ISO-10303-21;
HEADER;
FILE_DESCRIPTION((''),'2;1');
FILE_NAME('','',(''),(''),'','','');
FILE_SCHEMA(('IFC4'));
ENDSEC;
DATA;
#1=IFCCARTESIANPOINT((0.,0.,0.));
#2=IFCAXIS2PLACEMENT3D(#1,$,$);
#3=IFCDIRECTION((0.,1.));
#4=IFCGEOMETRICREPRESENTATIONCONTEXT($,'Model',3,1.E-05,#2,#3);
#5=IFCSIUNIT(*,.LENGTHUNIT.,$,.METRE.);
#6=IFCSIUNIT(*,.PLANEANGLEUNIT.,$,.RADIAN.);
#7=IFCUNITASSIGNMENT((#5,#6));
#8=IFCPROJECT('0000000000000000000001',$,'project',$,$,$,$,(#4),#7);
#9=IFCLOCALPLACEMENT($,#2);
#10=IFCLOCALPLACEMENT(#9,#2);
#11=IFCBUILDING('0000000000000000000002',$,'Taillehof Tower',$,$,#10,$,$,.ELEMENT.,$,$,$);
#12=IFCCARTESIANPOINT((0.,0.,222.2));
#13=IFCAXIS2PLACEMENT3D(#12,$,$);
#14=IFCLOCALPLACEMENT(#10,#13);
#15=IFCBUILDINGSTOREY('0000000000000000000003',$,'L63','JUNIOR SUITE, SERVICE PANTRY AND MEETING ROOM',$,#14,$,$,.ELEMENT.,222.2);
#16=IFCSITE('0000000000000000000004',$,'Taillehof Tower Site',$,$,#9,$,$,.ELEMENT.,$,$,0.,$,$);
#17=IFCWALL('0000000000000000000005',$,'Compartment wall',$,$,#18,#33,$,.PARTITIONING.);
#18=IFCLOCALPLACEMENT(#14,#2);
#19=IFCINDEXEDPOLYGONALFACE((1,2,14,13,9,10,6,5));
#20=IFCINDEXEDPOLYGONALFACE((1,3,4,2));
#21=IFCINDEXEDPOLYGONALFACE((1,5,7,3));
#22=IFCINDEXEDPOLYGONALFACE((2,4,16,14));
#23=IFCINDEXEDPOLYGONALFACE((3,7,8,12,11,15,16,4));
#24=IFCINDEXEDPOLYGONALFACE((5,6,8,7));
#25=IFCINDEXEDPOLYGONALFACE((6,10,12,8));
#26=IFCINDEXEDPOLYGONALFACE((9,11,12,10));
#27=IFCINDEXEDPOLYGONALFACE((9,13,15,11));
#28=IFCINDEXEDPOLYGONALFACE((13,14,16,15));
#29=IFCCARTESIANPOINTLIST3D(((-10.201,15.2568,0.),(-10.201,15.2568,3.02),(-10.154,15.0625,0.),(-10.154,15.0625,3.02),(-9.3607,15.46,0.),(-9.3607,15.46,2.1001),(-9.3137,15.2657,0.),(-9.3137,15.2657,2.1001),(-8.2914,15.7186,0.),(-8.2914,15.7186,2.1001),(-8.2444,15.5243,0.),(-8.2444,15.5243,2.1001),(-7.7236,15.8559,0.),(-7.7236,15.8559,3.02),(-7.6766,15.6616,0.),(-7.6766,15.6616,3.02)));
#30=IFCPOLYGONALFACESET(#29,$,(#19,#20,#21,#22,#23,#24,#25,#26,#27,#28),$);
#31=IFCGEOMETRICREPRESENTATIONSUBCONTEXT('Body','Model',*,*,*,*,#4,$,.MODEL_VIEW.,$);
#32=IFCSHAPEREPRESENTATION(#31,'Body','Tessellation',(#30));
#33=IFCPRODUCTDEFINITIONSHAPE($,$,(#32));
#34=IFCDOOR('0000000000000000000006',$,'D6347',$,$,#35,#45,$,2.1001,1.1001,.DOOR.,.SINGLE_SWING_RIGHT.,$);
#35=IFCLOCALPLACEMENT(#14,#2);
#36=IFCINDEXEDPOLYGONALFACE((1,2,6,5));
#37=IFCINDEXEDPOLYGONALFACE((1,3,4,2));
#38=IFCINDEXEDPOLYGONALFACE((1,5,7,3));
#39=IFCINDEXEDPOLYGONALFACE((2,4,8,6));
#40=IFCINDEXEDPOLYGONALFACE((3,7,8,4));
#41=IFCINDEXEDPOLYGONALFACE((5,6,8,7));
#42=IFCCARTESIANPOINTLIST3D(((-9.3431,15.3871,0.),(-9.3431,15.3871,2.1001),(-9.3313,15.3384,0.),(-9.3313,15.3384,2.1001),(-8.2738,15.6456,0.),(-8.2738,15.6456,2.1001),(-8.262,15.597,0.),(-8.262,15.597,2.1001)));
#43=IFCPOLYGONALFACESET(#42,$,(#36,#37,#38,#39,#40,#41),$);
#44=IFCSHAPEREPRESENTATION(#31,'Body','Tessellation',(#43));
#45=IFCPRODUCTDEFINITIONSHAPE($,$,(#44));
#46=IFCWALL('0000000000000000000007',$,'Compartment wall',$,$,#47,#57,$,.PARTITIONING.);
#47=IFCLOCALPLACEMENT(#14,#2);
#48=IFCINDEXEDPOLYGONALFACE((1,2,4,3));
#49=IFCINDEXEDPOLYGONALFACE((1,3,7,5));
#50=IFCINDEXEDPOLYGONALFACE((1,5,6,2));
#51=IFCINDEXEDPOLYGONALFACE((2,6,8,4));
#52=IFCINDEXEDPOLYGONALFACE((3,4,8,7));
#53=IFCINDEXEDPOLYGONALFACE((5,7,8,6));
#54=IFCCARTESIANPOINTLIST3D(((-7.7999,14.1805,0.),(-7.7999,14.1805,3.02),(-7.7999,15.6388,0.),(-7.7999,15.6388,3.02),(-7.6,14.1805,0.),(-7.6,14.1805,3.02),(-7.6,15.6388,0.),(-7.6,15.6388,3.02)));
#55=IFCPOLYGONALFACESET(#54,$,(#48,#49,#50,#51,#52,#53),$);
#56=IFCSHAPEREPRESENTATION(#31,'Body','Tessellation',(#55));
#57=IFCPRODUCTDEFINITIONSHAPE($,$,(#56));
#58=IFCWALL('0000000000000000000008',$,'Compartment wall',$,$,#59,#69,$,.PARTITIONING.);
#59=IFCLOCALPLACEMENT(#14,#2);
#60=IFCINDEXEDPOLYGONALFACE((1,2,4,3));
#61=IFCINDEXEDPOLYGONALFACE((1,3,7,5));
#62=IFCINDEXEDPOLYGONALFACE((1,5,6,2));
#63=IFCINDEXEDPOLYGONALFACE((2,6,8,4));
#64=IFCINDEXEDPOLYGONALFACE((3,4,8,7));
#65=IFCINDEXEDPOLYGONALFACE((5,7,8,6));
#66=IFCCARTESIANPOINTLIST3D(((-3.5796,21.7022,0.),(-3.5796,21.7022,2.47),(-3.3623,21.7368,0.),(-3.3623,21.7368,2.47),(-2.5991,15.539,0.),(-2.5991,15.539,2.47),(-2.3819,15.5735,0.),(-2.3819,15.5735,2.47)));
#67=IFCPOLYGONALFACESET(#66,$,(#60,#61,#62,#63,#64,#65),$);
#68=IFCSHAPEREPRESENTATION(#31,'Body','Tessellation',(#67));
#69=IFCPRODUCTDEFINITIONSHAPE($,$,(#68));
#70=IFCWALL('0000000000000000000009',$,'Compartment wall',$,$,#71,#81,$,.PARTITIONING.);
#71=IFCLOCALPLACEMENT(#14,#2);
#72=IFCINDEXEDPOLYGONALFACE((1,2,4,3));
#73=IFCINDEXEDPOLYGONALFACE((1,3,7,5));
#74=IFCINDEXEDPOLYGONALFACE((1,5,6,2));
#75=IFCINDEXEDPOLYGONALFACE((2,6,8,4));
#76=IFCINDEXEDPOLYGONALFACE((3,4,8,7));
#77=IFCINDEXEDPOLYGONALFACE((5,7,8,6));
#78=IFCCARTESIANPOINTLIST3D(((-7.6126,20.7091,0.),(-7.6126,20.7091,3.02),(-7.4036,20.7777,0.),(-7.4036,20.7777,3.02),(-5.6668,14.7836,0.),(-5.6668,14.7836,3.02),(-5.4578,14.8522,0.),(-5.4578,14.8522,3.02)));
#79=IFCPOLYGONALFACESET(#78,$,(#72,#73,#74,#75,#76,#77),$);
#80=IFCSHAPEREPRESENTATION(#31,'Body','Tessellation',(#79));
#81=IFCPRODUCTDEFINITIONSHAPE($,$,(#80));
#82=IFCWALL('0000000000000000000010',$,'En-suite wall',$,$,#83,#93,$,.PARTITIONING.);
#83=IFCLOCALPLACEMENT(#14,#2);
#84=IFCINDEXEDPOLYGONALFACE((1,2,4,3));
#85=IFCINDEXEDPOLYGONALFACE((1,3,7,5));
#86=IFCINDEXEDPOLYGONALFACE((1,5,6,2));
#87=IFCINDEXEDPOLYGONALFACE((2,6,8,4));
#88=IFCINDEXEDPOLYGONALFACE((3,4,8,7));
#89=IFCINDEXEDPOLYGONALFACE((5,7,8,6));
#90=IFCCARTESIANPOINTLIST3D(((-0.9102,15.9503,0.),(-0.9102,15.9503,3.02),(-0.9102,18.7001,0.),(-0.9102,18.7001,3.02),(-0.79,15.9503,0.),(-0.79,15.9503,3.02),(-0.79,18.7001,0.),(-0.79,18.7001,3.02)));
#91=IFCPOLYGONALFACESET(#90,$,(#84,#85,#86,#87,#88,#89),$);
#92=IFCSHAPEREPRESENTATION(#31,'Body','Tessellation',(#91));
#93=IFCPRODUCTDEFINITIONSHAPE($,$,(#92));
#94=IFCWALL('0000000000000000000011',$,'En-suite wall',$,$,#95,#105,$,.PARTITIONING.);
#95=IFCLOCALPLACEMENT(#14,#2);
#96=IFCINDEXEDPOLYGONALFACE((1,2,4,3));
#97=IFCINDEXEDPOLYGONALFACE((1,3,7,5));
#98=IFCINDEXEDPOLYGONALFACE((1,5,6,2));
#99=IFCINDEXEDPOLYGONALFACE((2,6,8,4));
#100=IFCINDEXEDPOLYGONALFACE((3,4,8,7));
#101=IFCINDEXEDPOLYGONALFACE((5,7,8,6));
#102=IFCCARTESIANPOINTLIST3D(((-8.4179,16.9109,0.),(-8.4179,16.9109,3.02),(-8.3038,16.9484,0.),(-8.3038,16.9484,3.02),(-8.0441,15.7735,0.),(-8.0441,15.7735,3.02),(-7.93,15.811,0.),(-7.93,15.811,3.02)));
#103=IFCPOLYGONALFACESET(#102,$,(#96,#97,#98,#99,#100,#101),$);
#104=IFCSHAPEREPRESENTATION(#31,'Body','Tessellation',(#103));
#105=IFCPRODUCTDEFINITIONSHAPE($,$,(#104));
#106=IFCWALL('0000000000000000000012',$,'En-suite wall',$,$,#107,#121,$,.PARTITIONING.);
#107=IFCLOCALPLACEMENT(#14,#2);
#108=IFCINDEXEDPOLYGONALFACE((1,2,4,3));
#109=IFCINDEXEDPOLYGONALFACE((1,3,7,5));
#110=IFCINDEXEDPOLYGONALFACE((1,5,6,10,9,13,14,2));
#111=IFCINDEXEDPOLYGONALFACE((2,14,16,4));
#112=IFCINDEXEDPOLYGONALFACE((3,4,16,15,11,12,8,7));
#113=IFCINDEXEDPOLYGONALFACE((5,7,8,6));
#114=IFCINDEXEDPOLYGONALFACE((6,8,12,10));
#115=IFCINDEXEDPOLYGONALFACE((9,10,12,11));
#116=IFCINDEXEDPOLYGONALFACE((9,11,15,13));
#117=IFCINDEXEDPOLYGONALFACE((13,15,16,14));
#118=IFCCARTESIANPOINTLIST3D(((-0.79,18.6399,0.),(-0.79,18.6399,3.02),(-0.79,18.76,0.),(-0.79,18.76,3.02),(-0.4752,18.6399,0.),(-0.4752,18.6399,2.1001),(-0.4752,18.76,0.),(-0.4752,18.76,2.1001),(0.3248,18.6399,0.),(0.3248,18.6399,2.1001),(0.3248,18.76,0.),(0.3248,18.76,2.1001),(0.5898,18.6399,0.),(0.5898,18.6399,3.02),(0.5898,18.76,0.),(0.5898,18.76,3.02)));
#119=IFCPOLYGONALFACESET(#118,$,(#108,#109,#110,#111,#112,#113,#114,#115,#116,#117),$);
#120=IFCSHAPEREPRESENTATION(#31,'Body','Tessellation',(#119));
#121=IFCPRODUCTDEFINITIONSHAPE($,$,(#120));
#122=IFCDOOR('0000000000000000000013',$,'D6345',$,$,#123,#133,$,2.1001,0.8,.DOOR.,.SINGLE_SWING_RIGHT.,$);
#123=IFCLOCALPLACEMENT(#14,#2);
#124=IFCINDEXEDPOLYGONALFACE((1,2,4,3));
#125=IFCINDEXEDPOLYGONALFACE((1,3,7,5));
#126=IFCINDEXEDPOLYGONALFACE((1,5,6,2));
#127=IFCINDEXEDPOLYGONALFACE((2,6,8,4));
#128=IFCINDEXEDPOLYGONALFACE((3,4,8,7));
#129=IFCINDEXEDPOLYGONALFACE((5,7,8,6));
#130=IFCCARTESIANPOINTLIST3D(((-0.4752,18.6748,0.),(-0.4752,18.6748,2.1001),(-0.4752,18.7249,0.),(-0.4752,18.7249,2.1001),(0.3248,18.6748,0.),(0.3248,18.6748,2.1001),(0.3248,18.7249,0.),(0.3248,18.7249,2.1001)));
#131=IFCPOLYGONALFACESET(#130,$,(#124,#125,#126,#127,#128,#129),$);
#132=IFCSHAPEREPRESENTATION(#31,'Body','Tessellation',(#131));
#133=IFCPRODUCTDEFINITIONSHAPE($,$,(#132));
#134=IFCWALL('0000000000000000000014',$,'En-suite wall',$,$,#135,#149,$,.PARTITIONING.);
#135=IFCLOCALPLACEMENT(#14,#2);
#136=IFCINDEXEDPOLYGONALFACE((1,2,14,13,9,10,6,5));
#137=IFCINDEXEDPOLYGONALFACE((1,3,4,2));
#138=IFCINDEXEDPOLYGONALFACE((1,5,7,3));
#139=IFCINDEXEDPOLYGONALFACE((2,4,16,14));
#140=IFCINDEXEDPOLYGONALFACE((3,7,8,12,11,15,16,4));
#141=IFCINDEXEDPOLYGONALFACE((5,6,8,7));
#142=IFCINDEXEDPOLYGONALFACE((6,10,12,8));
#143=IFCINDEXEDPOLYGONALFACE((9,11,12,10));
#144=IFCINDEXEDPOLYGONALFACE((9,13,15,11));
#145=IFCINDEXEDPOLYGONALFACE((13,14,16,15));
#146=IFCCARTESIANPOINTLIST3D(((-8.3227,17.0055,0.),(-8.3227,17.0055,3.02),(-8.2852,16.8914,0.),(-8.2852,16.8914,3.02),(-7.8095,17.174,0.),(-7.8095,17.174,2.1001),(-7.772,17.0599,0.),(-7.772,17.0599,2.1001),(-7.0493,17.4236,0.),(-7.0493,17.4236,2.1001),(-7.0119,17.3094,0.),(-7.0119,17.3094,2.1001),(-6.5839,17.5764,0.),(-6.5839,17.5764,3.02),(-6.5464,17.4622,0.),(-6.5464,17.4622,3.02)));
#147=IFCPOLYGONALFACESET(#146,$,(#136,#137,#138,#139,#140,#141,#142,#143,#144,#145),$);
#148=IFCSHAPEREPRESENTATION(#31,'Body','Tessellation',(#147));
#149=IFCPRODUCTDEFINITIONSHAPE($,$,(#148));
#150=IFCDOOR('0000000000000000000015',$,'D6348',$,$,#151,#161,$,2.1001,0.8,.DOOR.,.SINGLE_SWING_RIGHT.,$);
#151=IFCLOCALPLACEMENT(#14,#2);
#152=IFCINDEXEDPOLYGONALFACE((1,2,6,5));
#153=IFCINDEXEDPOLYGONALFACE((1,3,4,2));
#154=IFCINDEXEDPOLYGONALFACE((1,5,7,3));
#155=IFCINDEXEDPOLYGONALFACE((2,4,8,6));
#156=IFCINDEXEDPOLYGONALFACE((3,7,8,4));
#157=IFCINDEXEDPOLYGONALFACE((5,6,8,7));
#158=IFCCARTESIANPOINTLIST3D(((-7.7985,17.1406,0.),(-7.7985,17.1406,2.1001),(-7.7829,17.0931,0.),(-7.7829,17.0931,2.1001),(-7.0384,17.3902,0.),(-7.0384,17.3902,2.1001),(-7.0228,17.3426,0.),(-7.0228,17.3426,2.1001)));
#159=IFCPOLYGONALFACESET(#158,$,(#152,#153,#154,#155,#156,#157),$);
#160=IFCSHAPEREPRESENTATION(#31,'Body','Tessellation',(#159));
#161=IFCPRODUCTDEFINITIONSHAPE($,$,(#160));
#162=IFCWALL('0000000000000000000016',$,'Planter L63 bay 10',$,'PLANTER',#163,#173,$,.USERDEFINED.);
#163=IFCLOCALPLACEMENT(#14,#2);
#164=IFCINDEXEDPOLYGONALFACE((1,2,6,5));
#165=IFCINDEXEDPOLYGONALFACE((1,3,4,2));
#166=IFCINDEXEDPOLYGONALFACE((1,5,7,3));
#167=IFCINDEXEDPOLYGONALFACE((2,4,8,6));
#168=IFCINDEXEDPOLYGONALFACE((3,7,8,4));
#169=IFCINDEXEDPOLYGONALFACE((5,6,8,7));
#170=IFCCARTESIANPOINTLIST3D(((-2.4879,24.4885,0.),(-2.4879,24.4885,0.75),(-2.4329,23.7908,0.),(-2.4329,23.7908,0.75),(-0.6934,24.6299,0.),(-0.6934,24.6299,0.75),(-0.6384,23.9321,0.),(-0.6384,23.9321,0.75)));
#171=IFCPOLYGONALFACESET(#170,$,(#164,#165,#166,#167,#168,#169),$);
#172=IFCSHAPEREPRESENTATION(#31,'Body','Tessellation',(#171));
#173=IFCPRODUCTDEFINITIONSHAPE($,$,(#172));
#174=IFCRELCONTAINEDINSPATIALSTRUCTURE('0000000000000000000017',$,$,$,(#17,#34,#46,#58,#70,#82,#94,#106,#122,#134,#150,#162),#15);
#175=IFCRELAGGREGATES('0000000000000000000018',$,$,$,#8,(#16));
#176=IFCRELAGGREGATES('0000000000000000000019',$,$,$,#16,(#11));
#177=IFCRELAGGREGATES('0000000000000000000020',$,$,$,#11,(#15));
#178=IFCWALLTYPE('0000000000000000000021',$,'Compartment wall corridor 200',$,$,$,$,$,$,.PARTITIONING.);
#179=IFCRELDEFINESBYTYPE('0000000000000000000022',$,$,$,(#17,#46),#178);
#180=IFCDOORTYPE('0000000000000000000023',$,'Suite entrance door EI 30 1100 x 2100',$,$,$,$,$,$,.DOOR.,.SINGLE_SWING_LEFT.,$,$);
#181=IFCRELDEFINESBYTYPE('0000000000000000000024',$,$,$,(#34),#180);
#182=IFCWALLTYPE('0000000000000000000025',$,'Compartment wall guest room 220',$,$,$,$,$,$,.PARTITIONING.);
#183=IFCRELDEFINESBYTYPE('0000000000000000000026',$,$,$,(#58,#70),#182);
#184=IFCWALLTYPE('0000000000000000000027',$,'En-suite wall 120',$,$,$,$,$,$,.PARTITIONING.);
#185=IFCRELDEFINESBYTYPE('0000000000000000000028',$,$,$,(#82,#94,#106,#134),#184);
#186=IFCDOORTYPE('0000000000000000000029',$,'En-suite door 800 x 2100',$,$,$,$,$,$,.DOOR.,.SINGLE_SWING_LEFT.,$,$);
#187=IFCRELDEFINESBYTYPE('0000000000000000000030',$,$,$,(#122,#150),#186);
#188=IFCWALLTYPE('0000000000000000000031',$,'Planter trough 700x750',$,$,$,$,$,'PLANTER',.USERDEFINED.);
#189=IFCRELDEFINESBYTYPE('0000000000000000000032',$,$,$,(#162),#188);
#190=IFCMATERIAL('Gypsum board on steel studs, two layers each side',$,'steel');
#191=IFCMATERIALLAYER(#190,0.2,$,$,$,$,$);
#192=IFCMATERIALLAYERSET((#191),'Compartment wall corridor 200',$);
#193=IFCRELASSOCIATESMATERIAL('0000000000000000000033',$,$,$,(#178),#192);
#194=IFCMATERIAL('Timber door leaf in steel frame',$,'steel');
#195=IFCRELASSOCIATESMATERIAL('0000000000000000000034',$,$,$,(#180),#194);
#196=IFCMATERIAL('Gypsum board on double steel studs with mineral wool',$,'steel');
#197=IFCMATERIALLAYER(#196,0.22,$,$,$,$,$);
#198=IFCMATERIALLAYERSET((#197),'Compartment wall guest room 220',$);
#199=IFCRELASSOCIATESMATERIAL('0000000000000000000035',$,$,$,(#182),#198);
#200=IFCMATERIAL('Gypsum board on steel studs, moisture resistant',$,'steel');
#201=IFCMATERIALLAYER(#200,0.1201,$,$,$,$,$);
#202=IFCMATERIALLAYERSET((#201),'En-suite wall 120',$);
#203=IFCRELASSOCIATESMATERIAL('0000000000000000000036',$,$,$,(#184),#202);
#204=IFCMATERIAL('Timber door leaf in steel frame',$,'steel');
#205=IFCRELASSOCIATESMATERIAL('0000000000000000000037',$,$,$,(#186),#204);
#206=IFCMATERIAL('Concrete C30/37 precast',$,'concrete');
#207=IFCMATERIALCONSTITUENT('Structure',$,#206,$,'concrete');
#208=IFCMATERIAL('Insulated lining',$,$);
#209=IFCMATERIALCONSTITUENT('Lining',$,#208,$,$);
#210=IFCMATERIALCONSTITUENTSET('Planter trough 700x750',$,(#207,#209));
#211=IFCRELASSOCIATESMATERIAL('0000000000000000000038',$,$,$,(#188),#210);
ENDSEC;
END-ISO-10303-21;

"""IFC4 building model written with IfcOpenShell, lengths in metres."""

from ifc_helpers import new_model, si_unit, direction, frame, frame_2d, origin, place, context, subcontext, project, spatial, rectangle, extrude, material, layer, layer_set, constituent, constituent_set, type_object, element, fill, save


model = new_model("IFC4")

# Units and contexts
model_context = context("Model", 3, precision=1e-05, world=origin(), true_north=direction((0.0, 1.0)))
body_context = subcontext(model_context, "Body", "Model", "MODEL_VIEW")
ifc_project = project(units=[si_unit("LENGTHUNIT", "METRE"), si_unit("PLANEANGLEUNIT", "RADIAN")], contexts=[model_context])

# Site, building, storey
site_placement = place(None, origin())
site = spatial("IfcSite", under=ifc_project, at=site_placement, Name="Taillehof Tower Site", CompositionType="ELEMENT", RefElevation=0.0)
building_placement = place(site_placement, origin())
building = spatial("IfcBuilding", under=site, at=building_placement, Name="Taillehof Tower", CompositionType="ELEMENT")
storey_placement = place(building_placement, frame((0.0, 0.0, 222.2)))
storey = spatial("IfcBuildingStorey", under=building, at=storey_placement, Name="L63", Description="JUNIOR SUITE, SERVICE PANTRY AND MEETING ROOM", CompositionType="ELEMENT", Elevation=222.2)

# Shared definitions
ifc_material_1 = material(Name="Gypsum board on steel studs, two layers each side", Category="steel")
ifc_layer_1 = layer(ifc_material_1, 0.2)
ifc_layer_set_1 = layer_set([ifc_layer_1], Name="Compartment wall corridor 200")
wall_type_1 = type_object("IfcWallType", Name="Compartment wall corridor 200", PredefinedType="PARTITIONING", material=ifc_layer_set_1)

# Wall, opening, door
wall_1_placement = place(storey_placement, frame((-10.1775, 15.1597, 0.0), z_axis=(0.0, 0.0, 1.0), x_axis=(0.971984, 0.235046, 0.0)))
wall_1 = element("IfcWall", 1, at=wall_1_placement, inside=storey, type_object=wall_type_1, Name="Compartment wall", PredefinedType="PARTITIONING", context=body_context, shape_type="SweptSolid", body=[
    extrude(rectangle(XDim=2.5488, YDim=0.2, at=frame_2d((1.2744, 0.0))), origin(), (0.0, 0.0, 1.0), 3.02),
])
opening_1_placement = place(wall_1_placement, frame((0.8645, 0.0, 0.0)))
opening_1 = element("IfcOpeningElement", 2, at=opening_1_placement, cuts=wall_1, PredefinedType="OPENING", context=body_context, shape_type="SweptSolid", body=[
    extrude(rectangle(XDim=1.1001, YDim=2.1001, at=frame_2d((0.55, 1.05))), frame((0.0, 0.1099, 0.0), z_axis=(0.0, -1.0, 0.0), x_axis=(1.0, 0.0, 0.0)), (0.0, 0.0, 1.0), 0.22),
])
ifc_material_2 = material(Name="Timber door leaf in steel frame", Category="steel")
door_type_1 = type_object("IfcDoorType", Name="Suite entrance door EI 30 1100 x 2100", OperationType="SINGLE_SWING_LEFT", PredefinedType="DOOR", material=ifc_material_2)
door_1_placement = place(opening_1_placement, origin())
door_1 = element("IfcDoor", 3, at=door_1_placement, inside=storey, type_object=door_type_1, Name="D6347", OperationType="SINGLE_SWING_RIGHT", OverallHeight=2.1001, OverallWidth=1.1001, PredefinedType="DOOR", context=body_context, shape_type="SweptSolid", body=[
    extrude(rectangle(XDim=1.1001, YDim=2.1001, at=frame_2d((0.55, 1.05))), frame((0.0, 0.0249, 0.0), z_axis=(0.0, -1.0, 0.0), x_axis=(1.0, 0.0, 0.0)), (0.0, 0.0, 1.0), 0.05),
])
fill(opening_1, door_1)

# Walls
wall_2_placement = place(storey_placement, frame((-7.7, 15.6387, 0.0), z_axis=(0.0, 0.0, 1.0), x_axis=(0.0, -1.0, 0.0)))
element("IfcWall", 4, at=wall_2_placement, inside=storey, type_object=wall_type_1, Name="Compartment wall", PredefinedType="PARTITIONING", context=body_context, shape_type="SweptSolid", body=[
    extrude(rectangle(XDim=1.4583, YDim=0.2, at=frame_2d((0.729, 0.0))), origin(), (0.0, 0.0, 1.0), 3.02),
])
ifc_material_3 = material(Name="Gypsum board on double steel studs with mineral wool", Category="steel")
ifc_layer_2 = layer(ifc_material_3, 0.22)
ifc_layer_set_2 = layer_set([ifc_layer_2], Name="Compartment wall guest room 220")
wall_type_2 = type_object("IfcWallType", Name="Compartment wall guest room 220", PredefinedType="PARTITIONING", material=ifc_layer_set_2)
wall_3_placement = place(storey_placement, frame((-3.4709, 21.7195, 0.0), z_axis=(0.0, 0.0, 1.0), x_axis=(0.157106, -0.987582, 0.0)))
element("IfcWall", 5, at=wall_3_placement, inside=storey, type_object=wall_type_2, Name="Compartment wall", PredefinedType="PARTITIONING", context=body_context, shape_type="SweptSolid", body=[
    extrude(rectangle(XDim=6.2407, YDim=0.22, at=frame_2d((3.1204, 0.0))), origin(), (0.0, 0.0, 1.0), 2.47),
])
wall_4_placement = place(storey_placement, frame((-7.5081, 20.7434, 0.0), z_axis=(0.0, 0.0, 1.0), x_axis=(0.311985, -0.950087, 0.0)))
element("IfcWall", 6, at=wall_4_placement, inside=storey, type_object=wall_type_2, Name="Compartment wall", PredefinedType="PARTITIONING", context=body_context, shape_type="SweptSolid", body=[
    extrude(rectangle(XDim=6.2368, YDim=0.22, at=frame_2d((3.1184, 0.0))), origin(), (0.0, 0.0, 1.0), 3.02),
])
ifc_material_4 = material(Name="Gypsum board on steel studs, moisture resistant", Category="steel")
ifc_layer_3 = layer(ifc_material_4, 0.1201)
ifc_layer_set_3 = layer_set([ifc_layer_3], Name="En-suite wall 120")
wall_type_3 = type_object("IfcWallType", Name="En-suite wall 120", PredefinedType="PARTITIONING", material=ifc_layer_set_3)
wall_5_placement = place(storey_placement, frame((-0.8501, 15.9502, 0.0), z_axis=(0.0, 0.0, 1.0), x_axis=(0.0, 1.0, 0.0)))
element("IfcWall", 7, at=wall_5_placement, inside=storey, type_object=wall_type_3, Name="En-suite wall", PredefinedType="PARTITIONING", context=body_context, shape_type="SweptSolid", body=[
    extrude(rectangle(XDim=2.7498, YDim=0.1201, at=frame_2d((1.375, 0.0))), origin(), (0.0, 0.0, 1.0), 3.02),
])
wall_6_placement = place(storey_placement, frame((-7.9871, 15.7922, 0.0), z_axis=(0.0, 0.0, 1.0), x_axis=(-0.312187, 0.950021, 0.0)))
element("IfcWall", 8, at=wall_6_placement, inside=storey, type_object=wall_type_3, Name="En-suite wall", PredefinedType="PARTITIONING", context=body_context, shape_type="SweptSolid", body=[
    extrude(rectangle(XDim=1.1973, YDim=0.1201, at=frame_2d((0.5986, 0.0))), origin(), (0.0, 0.0, 1.0), 3.02),
])

# Walls, openings, doors
wall_7_placement = place(storey_placement, frame((-0.79, 18.7, 0.0), z_axis=(0.0, 0.0, 1.0), x_axis=(1.0, 0.0, 0.0)))
wall_7 = element("IfcWall", 9, at=wall_7_placement, inside=storey, type_object=wall_type_3, Name="En-suite wall", PredefinedType="PARTITIONING", context=body_context, shape_type="SweptSolid", body=[
    extrude(rectangle(XDim=1.3799, YDim=0.1201, at=frame_2d((0.6899, 0.0))), origin(), (0.0, 0.0, 1.0), 3.02),
])
opening_2_placement = place(wall_7_placement, frame((0.3149, 0.0, 0.0)))
opening_2 = element("IfcOpeningElement", 10, at=opening_2_placement, cuts=wall_7, PredefinedType="OPENING", context=body_context, shape_type="SweptSolid", body=[
    extrude(rectangle(XDim=0.8, YDim=2.1001, at=frame_2d((0.3999, 1.05))), frame((0.0, 0.0701, 0.0), z_axis=(0.0, -1.0, 0.0), x_axis=(1.0, 0.0, 0.0)), (0.0, 0.0, 1.0), 0.1401),
])
ifc_material_5 = material(Name="Timber door leaf in steel frame", Category="steel")
door_type_2 = type_object("IfcDoorType", Name="En-suite door 800 x 2100", OperationType="SINGLE_SWING_LEFT", PredefinedType="DOOR", material=ifc_material_5)
door_2_placement = place(opening_2_placement, origin())
door_2 = element("IfcDoor", 11, at=door_2_placement, inside=storey, type_object=door_type_2, Name="D6345", OperationType="SINGLE_SWING_RIGHT", OverallHeight=2.1001, OverallWidth=0.8, PredefinedType="DOOR", context=body_context, shape_type="SweptSolid", body=[
    extrude(rectangle(XDim=0.8, YDim=2.1001, at=frame_2d((0.3999, 1.05))), frame((0.0, 0.0249, 0.0), z_axis=(0.0, -1.0, 0.0), x_axis=(1.0, 0.0, 0.0)), (0.0, 0.0, 1.0), 0.05),
])
fill(opening_2, door_2)
wall_8_placement = place(storey_placement, frame((-8.304, 16.9485, 0.0), z_axis=(0.0, 0.0, 1.0), x_axis=(0.950114, 0.311902, 0.0)))
wall_8 = element("IfcWall", 12, at=wall_8_placement, inside=storey, type_object=wall_type_3, Name="En-suite wall", PredefinedType="PARTITIONING", context=body_context, shape_type="SweptSolid", body=[
    extrude(rectangle(XDim=1.8301, YDim=0.1201, at=frame_2d((0.915, 0.0))), origin(), (0.0, 0.0, 1.0), 3.02),
])
opening_3_placement = place(wall_8_placement, frame((0.5403, 0.0, 0.0)))
opening_3 = element("IfcOpeningElement", 13, at=opening_3_placement, cuts=wall_8, PredefinedType="OPENING", context=body_context, shape_type="SweptSolid", body=[
    extrude(rectangle(XDim=0.8, YDim=2.1001, at=frame_2d((0.3999, 1.05))), frame((0.0, 0.0701, 0.0), z_axis=(0.0, -1.0, 0.0), x_axis=(1.0, 0.0, 0.0)), (0.0, 0.0, 1.0), 0.1401),
])
door_3_placement = place(opening_3_placement, origin())
door_3 = element("IfcDoor", 14, at=door_3_placement, inside=storey, type_object=door_type_2, Name="D6348", OperationType="SINGLE_SWING_RIGHT", OverallHeight=2.1001, OverallWidth=0.8, PredefinedType="DOOR", context=body_context, shape_type="SweptSolid", body=[
    extrude(rectangle(XDim=0.8, YDim=2.1001, at=frame_2d((0.3999, 1.05))), frame((0.0, 0.0249, 0.0), z_axis=(0.0, -1.0, 0.0), x_axis=(1.0, 0.0, 0.0)), (0.0, 0.0, 1.0), 0.05),
])
fill(opening_3, door_3)

# Wall
ifc_material_6 = material(Name="Concrete C30/37 precast", Category="concrete")
ifc_constituent_1 = constituent(ifc_material_6, Name="Structure", Category="concrete")
ifc_material_7 = material(Name="Insulated lining")
ifc_constituent_2 = constituent(ifc_material_7, Name="Lining")
ifc_constituent_set = constituent_set(constituents=[ifc_constituent_1, ifc_constituent_2], Name="Planter trough 700x750")
wall_type_4 = type_object("IfcWallType", Name="Planter trough 700x750", ElementType="PLANTER", PredefinedType="USERDEFINED", material=ifc_constituent_set)
wall_9_placement = place(storey_placement, frame((-0.666, 24.281, 0.0), z_axis=(0.0, 0.0, 1.0), x_axis=(-0.996912, -0.078532, 0.0)))
element("IfcWall", 15, at=wall_9_placement, inside=storey, type_object=wall_type_4, Name="Planter L63 bay 10", ObjectType="PLANTER", PredefinedType="USERDEFINED", context=body_context, shape_type="SweptSolid", body=[
    extrude(rectangle(XDim=1.8, YDim=0.7, at=frame_2d((0.8999, 0.0))), origin(), (0.0, 0.0, 1.0), 0.75),
])

save(model, "model.ifc")
